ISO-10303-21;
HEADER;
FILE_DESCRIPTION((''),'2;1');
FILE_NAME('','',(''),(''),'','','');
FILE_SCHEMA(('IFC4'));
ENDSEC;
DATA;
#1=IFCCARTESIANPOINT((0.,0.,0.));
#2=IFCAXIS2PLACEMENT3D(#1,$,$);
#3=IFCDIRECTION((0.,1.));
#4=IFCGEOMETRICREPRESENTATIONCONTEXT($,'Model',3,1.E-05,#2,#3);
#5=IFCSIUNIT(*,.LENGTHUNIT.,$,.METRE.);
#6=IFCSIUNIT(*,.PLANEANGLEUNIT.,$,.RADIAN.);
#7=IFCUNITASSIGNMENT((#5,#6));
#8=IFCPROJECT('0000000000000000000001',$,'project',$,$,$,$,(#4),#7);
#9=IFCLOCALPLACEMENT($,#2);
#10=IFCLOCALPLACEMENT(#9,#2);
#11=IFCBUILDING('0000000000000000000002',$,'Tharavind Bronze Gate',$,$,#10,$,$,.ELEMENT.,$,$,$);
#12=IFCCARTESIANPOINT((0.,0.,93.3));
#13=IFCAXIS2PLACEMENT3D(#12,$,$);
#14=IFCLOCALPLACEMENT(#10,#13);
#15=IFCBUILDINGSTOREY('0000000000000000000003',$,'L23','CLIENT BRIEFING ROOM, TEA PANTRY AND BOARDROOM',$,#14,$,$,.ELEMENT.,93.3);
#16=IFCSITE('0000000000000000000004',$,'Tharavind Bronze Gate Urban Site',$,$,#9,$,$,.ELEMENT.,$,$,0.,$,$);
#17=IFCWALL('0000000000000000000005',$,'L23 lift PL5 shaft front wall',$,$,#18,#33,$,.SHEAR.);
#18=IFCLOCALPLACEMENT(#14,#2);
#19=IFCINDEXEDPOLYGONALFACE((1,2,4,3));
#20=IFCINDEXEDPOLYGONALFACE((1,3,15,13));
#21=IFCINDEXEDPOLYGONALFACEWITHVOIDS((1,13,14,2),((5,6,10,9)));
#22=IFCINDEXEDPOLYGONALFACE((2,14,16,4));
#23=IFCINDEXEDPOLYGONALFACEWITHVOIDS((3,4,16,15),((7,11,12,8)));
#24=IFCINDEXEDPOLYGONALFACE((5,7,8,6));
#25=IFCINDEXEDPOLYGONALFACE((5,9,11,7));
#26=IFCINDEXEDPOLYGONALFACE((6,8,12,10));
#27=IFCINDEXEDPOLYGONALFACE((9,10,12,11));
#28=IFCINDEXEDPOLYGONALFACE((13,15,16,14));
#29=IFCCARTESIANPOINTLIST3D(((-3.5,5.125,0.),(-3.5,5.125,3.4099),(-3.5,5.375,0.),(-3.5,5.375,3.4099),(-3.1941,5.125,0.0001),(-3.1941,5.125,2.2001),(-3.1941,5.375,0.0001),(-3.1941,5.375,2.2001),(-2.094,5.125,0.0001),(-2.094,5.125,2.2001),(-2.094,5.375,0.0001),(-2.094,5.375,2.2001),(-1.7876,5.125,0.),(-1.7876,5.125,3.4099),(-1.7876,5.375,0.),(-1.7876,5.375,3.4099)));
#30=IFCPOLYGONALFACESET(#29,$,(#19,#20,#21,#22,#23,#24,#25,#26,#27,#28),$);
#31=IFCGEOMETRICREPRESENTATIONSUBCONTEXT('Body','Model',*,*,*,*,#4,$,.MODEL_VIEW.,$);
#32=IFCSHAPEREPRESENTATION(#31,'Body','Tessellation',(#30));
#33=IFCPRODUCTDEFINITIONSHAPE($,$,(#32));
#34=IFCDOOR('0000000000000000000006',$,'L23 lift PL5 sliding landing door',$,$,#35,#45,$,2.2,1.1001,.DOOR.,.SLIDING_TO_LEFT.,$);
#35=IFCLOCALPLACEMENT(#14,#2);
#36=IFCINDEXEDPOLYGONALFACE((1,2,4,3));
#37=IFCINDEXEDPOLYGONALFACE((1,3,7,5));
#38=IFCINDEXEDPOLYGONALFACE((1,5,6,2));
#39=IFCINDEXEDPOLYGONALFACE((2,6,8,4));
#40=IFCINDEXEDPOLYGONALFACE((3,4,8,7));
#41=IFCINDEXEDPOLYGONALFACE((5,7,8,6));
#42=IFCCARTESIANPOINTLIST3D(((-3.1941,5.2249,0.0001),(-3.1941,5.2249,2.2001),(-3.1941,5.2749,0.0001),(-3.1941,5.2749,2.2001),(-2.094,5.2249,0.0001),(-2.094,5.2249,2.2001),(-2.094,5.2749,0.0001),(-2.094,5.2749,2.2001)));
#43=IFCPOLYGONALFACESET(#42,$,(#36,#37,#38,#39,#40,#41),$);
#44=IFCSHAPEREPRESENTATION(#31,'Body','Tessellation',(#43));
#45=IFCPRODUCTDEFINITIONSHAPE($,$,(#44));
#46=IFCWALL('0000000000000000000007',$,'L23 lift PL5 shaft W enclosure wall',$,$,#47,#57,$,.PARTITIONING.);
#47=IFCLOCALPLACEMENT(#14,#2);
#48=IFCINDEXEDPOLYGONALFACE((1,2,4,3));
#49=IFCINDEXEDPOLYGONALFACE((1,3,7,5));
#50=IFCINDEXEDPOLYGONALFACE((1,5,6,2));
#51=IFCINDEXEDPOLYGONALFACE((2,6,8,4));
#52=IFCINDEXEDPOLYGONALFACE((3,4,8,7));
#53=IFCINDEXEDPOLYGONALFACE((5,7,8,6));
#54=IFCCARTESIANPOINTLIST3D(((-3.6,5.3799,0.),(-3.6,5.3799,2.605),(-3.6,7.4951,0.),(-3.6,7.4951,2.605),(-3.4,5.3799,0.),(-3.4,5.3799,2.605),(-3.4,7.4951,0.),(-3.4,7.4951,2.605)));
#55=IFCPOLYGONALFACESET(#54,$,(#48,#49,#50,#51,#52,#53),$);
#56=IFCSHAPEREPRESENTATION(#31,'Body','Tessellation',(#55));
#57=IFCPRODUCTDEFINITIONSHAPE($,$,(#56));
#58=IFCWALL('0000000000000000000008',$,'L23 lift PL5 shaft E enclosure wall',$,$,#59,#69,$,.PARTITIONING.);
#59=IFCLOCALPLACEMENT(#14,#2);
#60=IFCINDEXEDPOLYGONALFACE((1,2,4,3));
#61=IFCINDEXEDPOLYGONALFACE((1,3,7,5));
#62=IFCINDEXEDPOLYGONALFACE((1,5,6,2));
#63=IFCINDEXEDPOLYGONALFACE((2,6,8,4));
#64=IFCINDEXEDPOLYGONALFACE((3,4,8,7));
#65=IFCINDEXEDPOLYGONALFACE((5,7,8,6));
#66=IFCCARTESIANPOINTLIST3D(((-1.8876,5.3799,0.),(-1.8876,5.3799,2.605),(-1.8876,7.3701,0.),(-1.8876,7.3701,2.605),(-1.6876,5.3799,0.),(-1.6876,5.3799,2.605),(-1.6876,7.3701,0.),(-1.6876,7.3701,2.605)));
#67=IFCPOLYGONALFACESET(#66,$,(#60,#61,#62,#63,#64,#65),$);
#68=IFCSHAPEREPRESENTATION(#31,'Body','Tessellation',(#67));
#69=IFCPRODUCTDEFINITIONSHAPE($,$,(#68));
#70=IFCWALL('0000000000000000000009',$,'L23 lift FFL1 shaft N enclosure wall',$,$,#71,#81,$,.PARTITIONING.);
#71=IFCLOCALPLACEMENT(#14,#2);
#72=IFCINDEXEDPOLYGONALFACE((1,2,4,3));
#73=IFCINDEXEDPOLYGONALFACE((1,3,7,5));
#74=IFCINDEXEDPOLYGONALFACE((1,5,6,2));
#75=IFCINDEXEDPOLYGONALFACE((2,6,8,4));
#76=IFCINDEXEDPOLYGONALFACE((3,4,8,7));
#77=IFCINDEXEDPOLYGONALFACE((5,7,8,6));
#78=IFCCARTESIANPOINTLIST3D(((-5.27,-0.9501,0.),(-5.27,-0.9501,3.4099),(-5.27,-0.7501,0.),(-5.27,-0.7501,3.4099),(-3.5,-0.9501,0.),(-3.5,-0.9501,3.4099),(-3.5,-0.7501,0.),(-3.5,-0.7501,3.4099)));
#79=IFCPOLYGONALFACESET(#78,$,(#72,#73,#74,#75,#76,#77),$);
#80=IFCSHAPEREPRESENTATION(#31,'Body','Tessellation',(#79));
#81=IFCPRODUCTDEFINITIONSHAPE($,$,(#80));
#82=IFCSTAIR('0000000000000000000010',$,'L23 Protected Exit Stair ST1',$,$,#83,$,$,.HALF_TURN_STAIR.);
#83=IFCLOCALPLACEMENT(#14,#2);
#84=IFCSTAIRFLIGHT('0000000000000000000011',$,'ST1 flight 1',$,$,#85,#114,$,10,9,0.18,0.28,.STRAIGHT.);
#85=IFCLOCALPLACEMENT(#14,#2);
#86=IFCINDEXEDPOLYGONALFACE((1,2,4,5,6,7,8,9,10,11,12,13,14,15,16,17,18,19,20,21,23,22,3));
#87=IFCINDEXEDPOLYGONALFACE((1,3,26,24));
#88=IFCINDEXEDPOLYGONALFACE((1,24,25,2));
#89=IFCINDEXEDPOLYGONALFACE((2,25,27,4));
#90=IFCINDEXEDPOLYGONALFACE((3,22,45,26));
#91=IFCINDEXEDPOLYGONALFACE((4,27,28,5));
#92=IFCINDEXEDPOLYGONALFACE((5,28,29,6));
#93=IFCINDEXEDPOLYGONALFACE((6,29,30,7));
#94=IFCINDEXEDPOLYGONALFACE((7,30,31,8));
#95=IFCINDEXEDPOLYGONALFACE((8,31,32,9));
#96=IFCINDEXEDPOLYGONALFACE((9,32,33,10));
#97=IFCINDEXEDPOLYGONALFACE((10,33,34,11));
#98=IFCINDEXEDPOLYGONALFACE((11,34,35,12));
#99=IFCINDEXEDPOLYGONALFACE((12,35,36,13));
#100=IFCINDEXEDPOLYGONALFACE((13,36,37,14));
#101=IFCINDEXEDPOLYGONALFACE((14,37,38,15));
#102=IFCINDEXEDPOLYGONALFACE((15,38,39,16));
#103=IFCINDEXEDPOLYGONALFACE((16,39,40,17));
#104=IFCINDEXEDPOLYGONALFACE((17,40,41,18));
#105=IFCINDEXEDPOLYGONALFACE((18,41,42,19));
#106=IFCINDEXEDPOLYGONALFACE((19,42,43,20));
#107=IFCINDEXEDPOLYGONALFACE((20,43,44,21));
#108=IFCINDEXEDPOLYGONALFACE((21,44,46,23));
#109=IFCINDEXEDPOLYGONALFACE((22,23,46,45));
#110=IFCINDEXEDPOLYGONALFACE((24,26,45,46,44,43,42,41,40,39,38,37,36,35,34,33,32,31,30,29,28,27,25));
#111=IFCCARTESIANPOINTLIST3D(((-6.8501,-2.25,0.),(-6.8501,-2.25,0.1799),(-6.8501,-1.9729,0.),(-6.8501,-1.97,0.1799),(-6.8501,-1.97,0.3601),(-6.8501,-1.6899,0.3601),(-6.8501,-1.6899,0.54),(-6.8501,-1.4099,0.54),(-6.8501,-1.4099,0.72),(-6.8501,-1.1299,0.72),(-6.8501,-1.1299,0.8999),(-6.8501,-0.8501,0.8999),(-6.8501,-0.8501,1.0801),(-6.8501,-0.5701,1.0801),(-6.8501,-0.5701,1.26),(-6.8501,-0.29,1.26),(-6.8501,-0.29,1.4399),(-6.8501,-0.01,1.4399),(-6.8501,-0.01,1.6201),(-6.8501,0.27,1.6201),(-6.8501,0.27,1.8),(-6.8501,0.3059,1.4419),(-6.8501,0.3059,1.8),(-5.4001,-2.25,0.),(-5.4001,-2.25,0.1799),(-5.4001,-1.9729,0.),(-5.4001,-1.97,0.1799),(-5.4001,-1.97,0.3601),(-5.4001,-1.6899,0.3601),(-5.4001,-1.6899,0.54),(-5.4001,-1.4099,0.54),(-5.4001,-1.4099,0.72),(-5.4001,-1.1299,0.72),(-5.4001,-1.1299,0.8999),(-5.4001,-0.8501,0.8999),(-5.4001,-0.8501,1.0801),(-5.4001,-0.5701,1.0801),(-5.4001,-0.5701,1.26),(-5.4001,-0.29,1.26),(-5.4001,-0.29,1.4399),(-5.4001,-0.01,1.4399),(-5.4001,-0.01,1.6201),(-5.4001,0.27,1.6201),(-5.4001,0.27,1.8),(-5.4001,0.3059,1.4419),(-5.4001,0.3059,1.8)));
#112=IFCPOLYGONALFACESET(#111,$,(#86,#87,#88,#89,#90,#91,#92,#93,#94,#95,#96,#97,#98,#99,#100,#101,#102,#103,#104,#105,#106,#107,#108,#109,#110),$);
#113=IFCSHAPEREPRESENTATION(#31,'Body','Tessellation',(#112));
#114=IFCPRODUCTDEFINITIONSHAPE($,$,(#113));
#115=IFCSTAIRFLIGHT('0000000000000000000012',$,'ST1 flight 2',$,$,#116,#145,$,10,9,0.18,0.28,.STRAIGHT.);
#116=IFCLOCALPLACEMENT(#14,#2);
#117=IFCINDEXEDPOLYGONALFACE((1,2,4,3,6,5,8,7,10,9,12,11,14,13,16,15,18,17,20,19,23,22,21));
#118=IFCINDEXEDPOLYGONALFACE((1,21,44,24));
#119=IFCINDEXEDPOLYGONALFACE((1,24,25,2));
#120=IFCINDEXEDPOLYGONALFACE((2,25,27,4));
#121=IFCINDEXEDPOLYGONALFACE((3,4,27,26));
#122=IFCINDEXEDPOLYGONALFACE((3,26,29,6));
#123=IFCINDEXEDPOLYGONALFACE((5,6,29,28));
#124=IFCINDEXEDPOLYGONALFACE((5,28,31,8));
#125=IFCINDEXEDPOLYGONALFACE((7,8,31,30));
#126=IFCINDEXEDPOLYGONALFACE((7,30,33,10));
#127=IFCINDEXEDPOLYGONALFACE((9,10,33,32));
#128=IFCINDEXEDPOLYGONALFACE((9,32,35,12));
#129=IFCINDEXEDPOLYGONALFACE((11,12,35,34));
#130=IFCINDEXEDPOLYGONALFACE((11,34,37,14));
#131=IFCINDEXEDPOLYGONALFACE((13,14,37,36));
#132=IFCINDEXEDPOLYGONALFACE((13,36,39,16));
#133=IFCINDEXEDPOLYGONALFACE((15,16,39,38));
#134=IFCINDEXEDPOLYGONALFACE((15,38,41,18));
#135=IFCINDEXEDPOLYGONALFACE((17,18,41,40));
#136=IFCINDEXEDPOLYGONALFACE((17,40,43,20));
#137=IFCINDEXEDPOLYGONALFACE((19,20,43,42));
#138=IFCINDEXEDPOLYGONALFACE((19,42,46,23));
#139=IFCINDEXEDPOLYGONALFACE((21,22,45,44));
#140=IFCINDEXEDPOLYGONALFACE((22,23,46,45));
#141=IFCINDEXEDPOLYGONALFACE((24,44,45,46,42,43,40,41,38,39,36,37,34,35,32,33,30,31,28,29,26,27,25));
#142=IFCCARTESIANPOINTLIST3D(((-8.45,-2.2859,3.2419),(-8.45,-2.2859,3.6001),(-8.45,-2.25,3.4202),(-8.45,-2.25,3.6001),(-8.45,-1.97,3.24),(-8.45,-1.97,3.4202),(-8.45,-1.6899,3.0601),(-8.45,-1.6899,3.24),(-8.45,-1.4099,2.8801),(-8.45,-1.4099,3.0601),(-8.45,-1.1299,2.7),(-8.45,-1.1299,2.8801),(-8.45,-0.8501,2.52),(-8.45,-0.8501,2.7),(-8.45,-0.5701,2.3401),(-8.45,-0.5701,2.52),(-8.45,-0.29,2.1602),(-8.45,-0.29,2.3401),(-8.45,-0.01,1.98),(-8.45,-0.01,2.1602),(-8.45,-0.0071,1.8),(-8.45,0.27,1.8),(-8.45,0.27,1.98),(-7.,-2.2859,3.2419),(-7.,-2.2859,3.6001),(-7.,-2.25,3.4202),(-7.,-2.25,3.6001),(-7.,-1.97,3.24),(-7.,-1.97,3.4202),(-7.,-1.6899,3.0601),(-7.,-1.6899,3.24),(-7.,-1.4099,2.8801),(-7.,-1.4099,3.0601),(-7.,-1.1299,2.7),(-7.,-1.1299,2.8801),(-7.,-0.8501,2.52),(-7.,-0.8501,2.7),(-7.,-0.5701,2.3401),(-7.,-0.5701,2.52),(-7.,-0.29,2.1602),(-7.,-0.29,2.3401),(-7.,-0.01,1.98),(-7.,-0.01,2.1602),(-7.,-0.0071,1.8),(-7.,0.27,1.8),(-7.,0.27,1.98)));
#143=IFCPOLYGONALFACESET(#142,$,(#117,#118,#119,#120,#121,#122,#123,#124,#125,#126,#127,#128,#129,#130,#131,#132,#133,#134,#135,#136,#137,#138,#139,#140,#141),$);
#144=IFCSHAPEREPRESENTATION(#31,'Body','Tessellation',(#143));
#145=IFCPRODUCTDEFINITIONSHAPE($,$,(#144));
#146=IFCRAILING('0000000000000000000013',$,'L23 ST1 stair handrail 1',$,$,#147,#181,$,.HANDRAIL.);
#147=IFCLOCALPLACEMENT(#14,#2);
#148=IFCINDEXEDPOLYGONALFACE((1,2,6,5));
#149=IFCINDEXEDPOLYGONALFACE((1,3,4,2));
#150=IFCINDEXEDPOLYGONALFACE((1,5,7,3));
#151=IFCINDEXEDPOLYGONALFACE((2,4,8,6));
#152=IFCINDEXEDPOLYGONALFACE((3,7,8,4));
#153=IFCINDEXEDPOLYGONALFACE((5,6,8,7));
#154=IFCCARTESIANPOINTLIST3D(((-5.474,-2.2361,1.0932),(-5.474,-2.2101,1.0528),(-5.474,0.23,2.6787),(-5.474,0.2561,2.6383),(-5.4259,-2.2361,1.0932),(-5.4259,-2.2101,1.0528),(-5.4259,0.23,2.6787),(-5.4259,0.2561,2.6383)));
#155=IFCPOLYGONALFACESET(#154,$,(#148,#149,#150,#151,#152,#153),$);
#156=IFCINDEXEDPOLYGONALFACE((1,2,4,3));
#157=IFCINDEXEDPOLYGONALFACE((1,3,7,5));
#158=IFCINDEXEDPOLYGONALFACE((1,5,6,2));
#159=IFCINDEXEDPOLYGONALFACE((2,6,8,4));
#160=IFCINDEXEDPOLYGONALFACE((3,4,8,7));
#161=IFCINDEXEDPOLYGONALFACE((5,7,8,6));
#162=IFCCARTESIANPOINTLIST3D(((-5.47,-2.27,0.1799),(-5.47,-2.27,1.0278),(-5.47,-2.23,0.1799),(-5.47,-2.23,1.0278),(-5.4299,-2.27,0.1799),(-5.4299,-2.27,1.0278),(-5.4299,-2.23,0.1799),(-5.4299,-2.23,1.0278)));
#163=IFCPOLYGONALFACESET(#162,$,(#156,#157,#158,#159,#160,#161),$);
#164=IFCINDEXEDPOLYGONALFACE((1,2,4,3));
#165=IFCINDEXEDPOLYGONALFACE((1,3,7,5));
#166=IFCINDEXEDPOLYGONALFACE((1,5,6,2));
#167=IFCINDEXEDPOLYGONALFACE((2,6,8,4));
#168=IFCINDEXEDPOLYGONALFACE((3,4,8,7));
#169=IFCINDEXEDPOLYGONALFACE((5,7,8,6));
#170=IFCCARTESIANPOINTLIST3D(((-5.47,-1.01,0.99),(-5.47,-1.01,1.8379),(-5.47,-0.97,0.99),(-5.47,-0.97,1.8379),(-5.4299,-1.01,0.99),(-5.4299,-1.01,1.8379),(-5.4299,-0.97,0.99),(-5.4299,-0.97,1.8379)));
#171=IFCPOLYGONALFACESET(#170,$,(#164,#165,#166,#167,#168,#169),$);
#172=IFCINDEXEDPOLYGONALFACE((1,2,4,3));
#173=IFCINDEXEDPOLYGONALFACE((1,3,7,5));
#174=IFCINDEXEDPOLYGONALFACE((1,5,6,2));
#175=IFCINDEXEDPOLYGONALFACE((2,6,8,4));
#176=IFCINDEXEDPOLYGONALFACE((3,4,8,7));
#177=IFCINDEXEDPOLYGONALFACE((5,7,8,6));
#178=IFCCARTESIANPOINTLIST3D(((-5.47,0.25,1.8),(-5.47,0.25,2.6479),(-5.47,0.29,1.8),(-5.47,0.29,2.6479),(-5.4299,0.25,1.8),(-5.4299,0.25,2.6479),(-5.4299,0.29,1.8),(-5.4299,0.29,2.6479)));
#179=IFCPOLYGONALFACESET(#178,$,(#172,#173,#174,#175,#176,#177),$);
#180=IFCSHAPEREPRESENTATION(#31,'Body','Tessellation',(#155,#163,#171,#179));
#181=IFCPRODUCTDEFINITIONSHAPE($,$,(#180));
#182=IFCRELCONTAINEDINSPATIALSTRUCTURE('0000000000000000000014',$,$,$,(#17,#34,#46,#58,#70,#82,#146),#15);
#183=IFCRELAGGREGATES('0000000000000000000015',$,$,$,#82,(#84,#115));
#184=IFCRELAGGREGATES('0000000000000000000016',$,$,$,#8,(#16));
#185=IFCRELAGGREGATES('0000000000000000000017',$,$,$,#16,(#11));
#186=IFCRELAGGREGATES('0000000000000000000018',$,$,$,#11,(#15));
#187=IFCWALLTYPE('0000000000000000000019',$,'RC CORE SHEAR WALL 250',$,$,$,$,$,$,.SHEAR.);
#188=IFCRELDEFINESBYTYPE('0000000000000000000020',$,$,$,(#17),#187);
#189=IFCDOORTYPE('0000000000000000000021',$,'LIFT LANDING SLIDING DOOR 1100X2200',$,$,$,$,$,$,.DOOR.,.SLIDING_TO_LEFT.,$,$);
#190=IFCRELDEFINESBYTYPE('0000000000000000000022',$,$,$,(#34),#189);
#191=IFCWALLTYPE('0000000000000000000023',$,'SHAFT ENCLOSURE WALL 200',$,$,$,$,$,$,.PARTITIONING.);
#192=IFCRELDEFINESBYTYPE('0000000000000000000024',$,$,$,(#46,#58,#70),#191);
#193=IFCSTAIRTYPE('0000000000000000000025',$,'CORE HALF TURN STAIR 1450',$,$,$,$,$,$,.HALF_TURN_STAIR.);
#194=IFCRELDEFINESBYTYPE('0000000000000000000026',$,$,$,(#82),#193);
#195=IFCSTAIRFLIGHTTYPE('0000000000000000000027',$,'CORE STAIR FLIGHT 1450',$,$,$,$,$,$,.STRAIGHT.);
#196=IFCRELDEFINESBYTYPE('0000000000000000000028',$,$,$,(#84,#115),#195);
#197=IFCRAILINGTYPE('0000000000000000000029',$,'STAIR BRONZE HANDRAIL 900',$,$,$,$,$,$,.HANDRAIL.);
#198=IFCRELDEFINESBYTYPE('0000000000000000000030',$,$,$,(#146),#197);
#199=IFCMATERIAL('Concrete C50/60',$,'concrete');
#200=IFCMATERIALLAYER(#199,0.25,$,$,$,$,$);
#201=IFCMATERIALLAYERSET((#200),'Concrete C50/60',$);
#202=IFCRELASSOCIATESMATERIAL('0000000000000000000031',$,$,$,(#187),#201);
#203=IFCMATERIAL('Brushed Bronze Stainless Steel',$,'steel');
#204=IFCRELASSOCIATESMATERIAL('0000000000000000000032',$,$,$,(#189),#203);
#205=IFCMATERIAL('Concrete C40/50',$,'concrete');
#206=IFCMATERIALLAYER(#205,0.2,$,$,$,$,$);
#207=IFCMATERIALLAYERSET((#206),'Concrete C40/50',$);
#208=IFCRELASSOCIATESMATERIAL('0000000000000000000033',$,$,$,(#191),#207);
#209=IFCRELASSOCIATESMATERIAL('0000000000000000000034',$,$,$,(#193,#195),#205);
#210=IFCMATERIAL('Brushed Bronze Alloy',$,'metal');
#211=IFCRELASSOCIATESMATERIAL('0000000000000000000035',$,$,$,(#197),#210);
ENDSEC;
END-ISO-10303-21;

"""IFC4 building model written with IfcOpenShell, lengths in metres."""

from ifc_helpers import new_model, si_unit, direction, frame, frame_2d, origin, origin_2d, place, context, subcontext, project, spatial, polyline, rectangle, outline, extrude, material, layer, layer_set, type_object, element, fill, aggregate, save


model = new_model("IFC4")

# Units and contexts
model_context = context("Model", 3, precision=1e-05, world=origin(), true_north=direction((0.0, 1.0)))
body_context = subcontext(model_context, "Body", "Model", "MODEL_VIEW")
ifc_project = project(units=[si_unit("LENGTHUNIT", "METRE"), si_unit("PLANEANGLEUNIT", "RADIAN")], contexts=[model_context])

# Site, building, storey
site_placement = place(None, origin())
site = spatial("IfcSite", under=ifc_project, at=site_placement, Name="Tharavind Bronze Gate Urban Site", CompositionType="ELEMENT", RefElevation=0.0)
building_placement = place(site_placement, origin())
building = spatial("IfcBuilding", under=site, at=building_placement, Name="Tharavind Bronze Gate", CompositionType="ELEMENT")
storey_placement = place(building_placement, frame((0.0, 0.0, 93.3)))
storey = spatial("IfcBuildingStorey", under=building, at=storey_placement, Name="L23", Description="CLIENT BRIEFING ROOM, TEA PANTRY AND BOARDROOM", CompositionType="ELEMENT", Elevation=93.3)

# Wall, opening, door
ifc_material_1 = material(Name="Concrete C50/60", Category="concrete")
ifc_layer_1 = layer(ifc_material_1, 0.25)
ifc_layer_set_1 = layer_set([ifc_layer_1], Name="Concrete C50/60")
wall_type_1 = type_object("IfcWallType", Name="RC CORE SHEAR WALL 250", PredefinedType="SHEAR", material=ifc_layer_set_1)
wall_1_placement = place(storey_placement, frame((-3.5, 5.25, 0.0), z_axis=(0.0, 0.0, 1.0), x_axis=(1.0, 0.0, 0.0)))
wall_1 = element("IfcWall", 1, at=wall_1_placement, inside=storey, type_object=wall_type_1, Name="L23 lift PL5 shaft front wall", PredefinedType="SHEAR", context=body_context, shape_type="SweptSolid", body=[
    extrude(rectangle(XDim=1.7124, YDim=0.25, at=frame_2d((0.8562, 0.0))), origin(), (0.0, 0.0, 1.0), 3.4099),
])
opening_1_placement = place(wall_1_placement, frame((0.3059, 0.0, 0.0)))
opening_1 = element("IfcOpeningElement", 2, at=opening_1_placement, cuts=wall_1, PredefinedType="OPENING", context=body_context, shape_type="SweptSolid", body=[
    extrude(rectangle(XDim=1.1001, YDim=2.2, at=frame_2d((0.55, 1.1001))), frame((0.0, 0.135, 0.0), z_axis=(0.0, -1.0, 0.0), x_axis=(1.0, 0.0, 0.0)), (0.0, 0.0, 1.0), 0.27),
])
ifc_material_2 = material(Name="Brushed Bronze Stainless Steel", Category="steel")
door_type_1 = type_object("IfcDoorType", Name="LIFT LANDING SLIDING DOOR 1100X2200", OperationType="SLIDING_TO_LEFT", PredefinedType="DOOR", material=ifc_material_2)
door_1_placement = place(opening_1_placement, origin())
door_1 = element("IfcDoor", 3, at=door_1_placement, inside=storey, type_object=door_type_1, Name="L23 lift PL5 sliding landing door", OperationType="SLIDING_TO_LEFT", OverallHeight=2.2, OverallWidth=1.1001, PredefinedType="DOOR", context=body_context, shape_type="SweptSolid", body=[
    extrude(rectangle(XDim=1.1001, YDim=2.2, at=frame_2d((0.55, 1.1001))), frame((0.0, 0.0249, 0.0), z_axis=(0.0, -1.0, 0.0), x_axis=(1.0, 0.0, 0.0)), (0.0, 0.0, 1.0), 0.05),
])
fill(opening_1, door_1)

# Walls
ifc_material_3 = material(Name="Concrete C40/50", Category="concrete")
ifc_layer_2 = layer(ifc_material_3, 0.2)
ifc_layer_set_2 = layer_set([ifc_layer_2], Name="Concrete C40/50")
wall_type_2 = type_object("IfcWallType", Name="SHAFT ENCLOSURE WALL 200", PredefinedType="PARTITIONING", material=ifc_layer_set_2)
wall_2_placement = place(storey_placement, frame((-3.5, 5.3799, 0.0), z_axis=(0.0, 0.0, 1.0), x_axis=(0.0, 1.0, 0.0)))
element("IfcWall", 4, at=wall_2_placement, inside=storey, type_object=wall_type_2, Name="L23 lift PL5 shaft W enclosure wall", PredefinedType="PARTITIONING", context=body_context, shape_type="SweptSolid", body=[
    extrude(rectangle(XDim=2.1152, YDim=0.2, at=frame_2d((1.0576, 0.0))), origin(), (0.0, 0.0, 1.0), 2.605),
])
wall_3_placement = place(storey_placement, frame((-1.7876, 5.3799, 0.0), z_axis=(0.0, 0.0, 1.0), x_axis=(0.0, 1.0, 0.0)))
element("IfcWall", 5, at=wall_3_placement, inside=storey, type_object=wall_type_2, Name="L23 lift PL5 shaft E enclosure wall", PredefinedType="PARTITIONING", context=body_context, shape_type="SweptSolid", body=[
    extrude(rectangle(XDim=1.9902, YDim=0.2, at=frame_2d((0.9951, 0.0))), origin(), (0.0, 0.0, 1.0), 2.605),
])
wall_4_placement = place(storey_placement, frame((-5.27, -0.8501, 0.0), z_axis=(0.0, 0.0, 1.0), x_axis=(1.0, 0.0, 0.0)))
element("IfcWall", 6, at=wall_4_placement, inside=storey, type_object=wall_type_2, Name="L23 lift FFL1 shaft N enclosure wall", PredefinedType="PARTITIONING", context=body_context, shape_type="SweptSolid", body=[
    extrude(rectangle(XDim=1.77, YDim=0.2, at=frame_2d((0.885, 0.0))), origin(), (0.0, 0.0, 1.0), 3.4099),
])

# Stair, stair flights
stair_type = type_object("IfcStairType", Name="CORE HALF TURN STAIR 1450", PredefinedType="HALF_TURN_STAIR", material=ifc_material_3)
stair_placement = place(storey_placement, origin())
stair = element("IfcStair", 7, at=stair_placement, inside=storey, type_object=stair_type, Name="L23 Protected Exit Stair ST1", PredefinedType="HALF_TURN_STAIR")
stair_flight_type = type_object("IfcStairFlightType", Name="CORE STAIR FLIGHT 1450", PredefinedType="STRAIGHT", material=ifc_material_3)
stair_flight_1_placement = place(storey_placement, frame((-6.125, -2.25, 0.0), z_axis=(0.0, 0.0, 1.0), x_axis=(0.0, 1.0, 0.0)))
stair_flight_1 = element("IfcStairFlight", 8, at=stair_flight_1_placement, type_object=stair_flight_type, Name="ST1 flight 1", NumberOfRisers=10, NumberOfTreads=9, PredefinedType="STRAIGHT", RiserHeight=0.18, TreadLength=0.28, context=body_context, shape_type="SweptSolid", body=[
    extrude(outline(polyline([(0.0, 0.0), (0.0, 0.1799), (0.28, 0.1799), (0.28, 0.3601), (0.5601, 0.3601), (0.5601, 0.54), (0.8401, 0.54), (0.8401, 0.72), (1.1201, 0.72), (1.1201, 0.8999), (1.3999, 0.8999), (1.3999, 1.0801), (1.6799, 1.0801), (1.6799, 1.26), (1.96, 1.26), (1.96, 1.4399), (2.24, 1.4399), (2.24, 1.6201), (2.52, 1.6201), (2.52, 1.8), (2.5559, 1.8), (2.5559, 1.4419), (0.2771, 0.0), (0.0, 0.0)])), frame((0.0, 0.7251, 0.0), z_axis=(0.0, -1.0, 0.0), x_axis=(1.0, 0.0, 0.0)), (0.0, 0.0, 1.0), 1.45),
])
stair_flight_2_placement = place(storey_placement, frame((-7.7251, 0.27, 1.8), z_axis=(0.0, 0.0, 1.0), x_axis=(0.0, -1.0, 0.0)))
stair_flight_2 = element("IfcStairFlight", 9, at=stair_flight_2_placement, type_object=stair_flight_type, Name="ST1 flight 2", NumberOfRisers=10, NumberOfTreads=9, PredefinedType="STRAIGHT", RiserHeight=0.18, TreadLength=0.28, context=body_context, shape_type="SweptSolid", body=[
    extrude(outline(polyline([(0.0, 0.0), (0.0, 0.1799), (0.28, 0.1799), (0.28, 0.3601), (0.5601, 0.3601), (0.5601, 0.54), (0.8401, 0.54), (0.8401, 0.72), (1.1201, 0.72), (1.1201, 0.8999), (1.3999, 0.8999), (1.3999, 1.0801), (1.6799, 1.0801), (1.6799, 1.26), (1.96, 1.26), (1.96, 1.4399), (2.24, 1.4399), (2.24, 1.6201), (2.52, 1.6201), (2.52, 1.8), (2.5559, 1.8), (2.5559, 1.4419), (0.2771, 0.0), (0.0, 0.0)])), frame((0.0, 0.7251, 0.0), z_axis=(0.0, -1.0, 0.0), x_axis=(1.0, 0.0, 0.0)), (0.0, 0.0, 1.0), 1.45),
])
aggregate(stair, [stair_flight_1, stair_flight_2])

# Railing
ifc_material_4 = material(Name="Brushed Bronze Alloy", Category="metal")
railing_type_1 = type_object("IfcRailingType", Name="STAIR BRONZE HANDRAIL 900", PredefinedType="HANDRAIL", material=ifc_material_4)
railing_1_placement = place(storey_placement, frame((-5.45, -2.25, 0.1799)))
element("IfcRailing", 10, at=railing_1_placement, inside=storey, type_object=railing_type_1, Name="L23 ST1 stair handrail 1", PredefinedType="HANDRAIL", context=body_context, shape_type="SweptSolid", body=[
    extrude(rectangle(XDim=0.0481, YDim=0.0481, at=origin_2d()), frame((0.0, 0.0269, 0.8931), z_axis=(0.0, 0.841163, 0.540782), x_axis=(-1.0, 0.0, 0.0)), (0.0, 0.0, 1.0), 2.9319),
    extrude(rectangle(XDim=0.04, YDim=0.04, at=origin_2d()), origin(), (0.0, 0.0, 1.0), 0.8479),
    extrude(rectangle(XDim=0.04, YDim=0.04, at=origin_2d()), frame((0.0, 1.26, 0.8101)), (0.0, 0.0, 1.0), 0.8479),
    extrude(rectangle(XDim=0.04, YDim=0.04, at=origin_2d()), frame((0.0, 2.52, 1.6201)), (0.0, 0.0, 1.0), 0.8479),
])

save(model, "model.ifc")
